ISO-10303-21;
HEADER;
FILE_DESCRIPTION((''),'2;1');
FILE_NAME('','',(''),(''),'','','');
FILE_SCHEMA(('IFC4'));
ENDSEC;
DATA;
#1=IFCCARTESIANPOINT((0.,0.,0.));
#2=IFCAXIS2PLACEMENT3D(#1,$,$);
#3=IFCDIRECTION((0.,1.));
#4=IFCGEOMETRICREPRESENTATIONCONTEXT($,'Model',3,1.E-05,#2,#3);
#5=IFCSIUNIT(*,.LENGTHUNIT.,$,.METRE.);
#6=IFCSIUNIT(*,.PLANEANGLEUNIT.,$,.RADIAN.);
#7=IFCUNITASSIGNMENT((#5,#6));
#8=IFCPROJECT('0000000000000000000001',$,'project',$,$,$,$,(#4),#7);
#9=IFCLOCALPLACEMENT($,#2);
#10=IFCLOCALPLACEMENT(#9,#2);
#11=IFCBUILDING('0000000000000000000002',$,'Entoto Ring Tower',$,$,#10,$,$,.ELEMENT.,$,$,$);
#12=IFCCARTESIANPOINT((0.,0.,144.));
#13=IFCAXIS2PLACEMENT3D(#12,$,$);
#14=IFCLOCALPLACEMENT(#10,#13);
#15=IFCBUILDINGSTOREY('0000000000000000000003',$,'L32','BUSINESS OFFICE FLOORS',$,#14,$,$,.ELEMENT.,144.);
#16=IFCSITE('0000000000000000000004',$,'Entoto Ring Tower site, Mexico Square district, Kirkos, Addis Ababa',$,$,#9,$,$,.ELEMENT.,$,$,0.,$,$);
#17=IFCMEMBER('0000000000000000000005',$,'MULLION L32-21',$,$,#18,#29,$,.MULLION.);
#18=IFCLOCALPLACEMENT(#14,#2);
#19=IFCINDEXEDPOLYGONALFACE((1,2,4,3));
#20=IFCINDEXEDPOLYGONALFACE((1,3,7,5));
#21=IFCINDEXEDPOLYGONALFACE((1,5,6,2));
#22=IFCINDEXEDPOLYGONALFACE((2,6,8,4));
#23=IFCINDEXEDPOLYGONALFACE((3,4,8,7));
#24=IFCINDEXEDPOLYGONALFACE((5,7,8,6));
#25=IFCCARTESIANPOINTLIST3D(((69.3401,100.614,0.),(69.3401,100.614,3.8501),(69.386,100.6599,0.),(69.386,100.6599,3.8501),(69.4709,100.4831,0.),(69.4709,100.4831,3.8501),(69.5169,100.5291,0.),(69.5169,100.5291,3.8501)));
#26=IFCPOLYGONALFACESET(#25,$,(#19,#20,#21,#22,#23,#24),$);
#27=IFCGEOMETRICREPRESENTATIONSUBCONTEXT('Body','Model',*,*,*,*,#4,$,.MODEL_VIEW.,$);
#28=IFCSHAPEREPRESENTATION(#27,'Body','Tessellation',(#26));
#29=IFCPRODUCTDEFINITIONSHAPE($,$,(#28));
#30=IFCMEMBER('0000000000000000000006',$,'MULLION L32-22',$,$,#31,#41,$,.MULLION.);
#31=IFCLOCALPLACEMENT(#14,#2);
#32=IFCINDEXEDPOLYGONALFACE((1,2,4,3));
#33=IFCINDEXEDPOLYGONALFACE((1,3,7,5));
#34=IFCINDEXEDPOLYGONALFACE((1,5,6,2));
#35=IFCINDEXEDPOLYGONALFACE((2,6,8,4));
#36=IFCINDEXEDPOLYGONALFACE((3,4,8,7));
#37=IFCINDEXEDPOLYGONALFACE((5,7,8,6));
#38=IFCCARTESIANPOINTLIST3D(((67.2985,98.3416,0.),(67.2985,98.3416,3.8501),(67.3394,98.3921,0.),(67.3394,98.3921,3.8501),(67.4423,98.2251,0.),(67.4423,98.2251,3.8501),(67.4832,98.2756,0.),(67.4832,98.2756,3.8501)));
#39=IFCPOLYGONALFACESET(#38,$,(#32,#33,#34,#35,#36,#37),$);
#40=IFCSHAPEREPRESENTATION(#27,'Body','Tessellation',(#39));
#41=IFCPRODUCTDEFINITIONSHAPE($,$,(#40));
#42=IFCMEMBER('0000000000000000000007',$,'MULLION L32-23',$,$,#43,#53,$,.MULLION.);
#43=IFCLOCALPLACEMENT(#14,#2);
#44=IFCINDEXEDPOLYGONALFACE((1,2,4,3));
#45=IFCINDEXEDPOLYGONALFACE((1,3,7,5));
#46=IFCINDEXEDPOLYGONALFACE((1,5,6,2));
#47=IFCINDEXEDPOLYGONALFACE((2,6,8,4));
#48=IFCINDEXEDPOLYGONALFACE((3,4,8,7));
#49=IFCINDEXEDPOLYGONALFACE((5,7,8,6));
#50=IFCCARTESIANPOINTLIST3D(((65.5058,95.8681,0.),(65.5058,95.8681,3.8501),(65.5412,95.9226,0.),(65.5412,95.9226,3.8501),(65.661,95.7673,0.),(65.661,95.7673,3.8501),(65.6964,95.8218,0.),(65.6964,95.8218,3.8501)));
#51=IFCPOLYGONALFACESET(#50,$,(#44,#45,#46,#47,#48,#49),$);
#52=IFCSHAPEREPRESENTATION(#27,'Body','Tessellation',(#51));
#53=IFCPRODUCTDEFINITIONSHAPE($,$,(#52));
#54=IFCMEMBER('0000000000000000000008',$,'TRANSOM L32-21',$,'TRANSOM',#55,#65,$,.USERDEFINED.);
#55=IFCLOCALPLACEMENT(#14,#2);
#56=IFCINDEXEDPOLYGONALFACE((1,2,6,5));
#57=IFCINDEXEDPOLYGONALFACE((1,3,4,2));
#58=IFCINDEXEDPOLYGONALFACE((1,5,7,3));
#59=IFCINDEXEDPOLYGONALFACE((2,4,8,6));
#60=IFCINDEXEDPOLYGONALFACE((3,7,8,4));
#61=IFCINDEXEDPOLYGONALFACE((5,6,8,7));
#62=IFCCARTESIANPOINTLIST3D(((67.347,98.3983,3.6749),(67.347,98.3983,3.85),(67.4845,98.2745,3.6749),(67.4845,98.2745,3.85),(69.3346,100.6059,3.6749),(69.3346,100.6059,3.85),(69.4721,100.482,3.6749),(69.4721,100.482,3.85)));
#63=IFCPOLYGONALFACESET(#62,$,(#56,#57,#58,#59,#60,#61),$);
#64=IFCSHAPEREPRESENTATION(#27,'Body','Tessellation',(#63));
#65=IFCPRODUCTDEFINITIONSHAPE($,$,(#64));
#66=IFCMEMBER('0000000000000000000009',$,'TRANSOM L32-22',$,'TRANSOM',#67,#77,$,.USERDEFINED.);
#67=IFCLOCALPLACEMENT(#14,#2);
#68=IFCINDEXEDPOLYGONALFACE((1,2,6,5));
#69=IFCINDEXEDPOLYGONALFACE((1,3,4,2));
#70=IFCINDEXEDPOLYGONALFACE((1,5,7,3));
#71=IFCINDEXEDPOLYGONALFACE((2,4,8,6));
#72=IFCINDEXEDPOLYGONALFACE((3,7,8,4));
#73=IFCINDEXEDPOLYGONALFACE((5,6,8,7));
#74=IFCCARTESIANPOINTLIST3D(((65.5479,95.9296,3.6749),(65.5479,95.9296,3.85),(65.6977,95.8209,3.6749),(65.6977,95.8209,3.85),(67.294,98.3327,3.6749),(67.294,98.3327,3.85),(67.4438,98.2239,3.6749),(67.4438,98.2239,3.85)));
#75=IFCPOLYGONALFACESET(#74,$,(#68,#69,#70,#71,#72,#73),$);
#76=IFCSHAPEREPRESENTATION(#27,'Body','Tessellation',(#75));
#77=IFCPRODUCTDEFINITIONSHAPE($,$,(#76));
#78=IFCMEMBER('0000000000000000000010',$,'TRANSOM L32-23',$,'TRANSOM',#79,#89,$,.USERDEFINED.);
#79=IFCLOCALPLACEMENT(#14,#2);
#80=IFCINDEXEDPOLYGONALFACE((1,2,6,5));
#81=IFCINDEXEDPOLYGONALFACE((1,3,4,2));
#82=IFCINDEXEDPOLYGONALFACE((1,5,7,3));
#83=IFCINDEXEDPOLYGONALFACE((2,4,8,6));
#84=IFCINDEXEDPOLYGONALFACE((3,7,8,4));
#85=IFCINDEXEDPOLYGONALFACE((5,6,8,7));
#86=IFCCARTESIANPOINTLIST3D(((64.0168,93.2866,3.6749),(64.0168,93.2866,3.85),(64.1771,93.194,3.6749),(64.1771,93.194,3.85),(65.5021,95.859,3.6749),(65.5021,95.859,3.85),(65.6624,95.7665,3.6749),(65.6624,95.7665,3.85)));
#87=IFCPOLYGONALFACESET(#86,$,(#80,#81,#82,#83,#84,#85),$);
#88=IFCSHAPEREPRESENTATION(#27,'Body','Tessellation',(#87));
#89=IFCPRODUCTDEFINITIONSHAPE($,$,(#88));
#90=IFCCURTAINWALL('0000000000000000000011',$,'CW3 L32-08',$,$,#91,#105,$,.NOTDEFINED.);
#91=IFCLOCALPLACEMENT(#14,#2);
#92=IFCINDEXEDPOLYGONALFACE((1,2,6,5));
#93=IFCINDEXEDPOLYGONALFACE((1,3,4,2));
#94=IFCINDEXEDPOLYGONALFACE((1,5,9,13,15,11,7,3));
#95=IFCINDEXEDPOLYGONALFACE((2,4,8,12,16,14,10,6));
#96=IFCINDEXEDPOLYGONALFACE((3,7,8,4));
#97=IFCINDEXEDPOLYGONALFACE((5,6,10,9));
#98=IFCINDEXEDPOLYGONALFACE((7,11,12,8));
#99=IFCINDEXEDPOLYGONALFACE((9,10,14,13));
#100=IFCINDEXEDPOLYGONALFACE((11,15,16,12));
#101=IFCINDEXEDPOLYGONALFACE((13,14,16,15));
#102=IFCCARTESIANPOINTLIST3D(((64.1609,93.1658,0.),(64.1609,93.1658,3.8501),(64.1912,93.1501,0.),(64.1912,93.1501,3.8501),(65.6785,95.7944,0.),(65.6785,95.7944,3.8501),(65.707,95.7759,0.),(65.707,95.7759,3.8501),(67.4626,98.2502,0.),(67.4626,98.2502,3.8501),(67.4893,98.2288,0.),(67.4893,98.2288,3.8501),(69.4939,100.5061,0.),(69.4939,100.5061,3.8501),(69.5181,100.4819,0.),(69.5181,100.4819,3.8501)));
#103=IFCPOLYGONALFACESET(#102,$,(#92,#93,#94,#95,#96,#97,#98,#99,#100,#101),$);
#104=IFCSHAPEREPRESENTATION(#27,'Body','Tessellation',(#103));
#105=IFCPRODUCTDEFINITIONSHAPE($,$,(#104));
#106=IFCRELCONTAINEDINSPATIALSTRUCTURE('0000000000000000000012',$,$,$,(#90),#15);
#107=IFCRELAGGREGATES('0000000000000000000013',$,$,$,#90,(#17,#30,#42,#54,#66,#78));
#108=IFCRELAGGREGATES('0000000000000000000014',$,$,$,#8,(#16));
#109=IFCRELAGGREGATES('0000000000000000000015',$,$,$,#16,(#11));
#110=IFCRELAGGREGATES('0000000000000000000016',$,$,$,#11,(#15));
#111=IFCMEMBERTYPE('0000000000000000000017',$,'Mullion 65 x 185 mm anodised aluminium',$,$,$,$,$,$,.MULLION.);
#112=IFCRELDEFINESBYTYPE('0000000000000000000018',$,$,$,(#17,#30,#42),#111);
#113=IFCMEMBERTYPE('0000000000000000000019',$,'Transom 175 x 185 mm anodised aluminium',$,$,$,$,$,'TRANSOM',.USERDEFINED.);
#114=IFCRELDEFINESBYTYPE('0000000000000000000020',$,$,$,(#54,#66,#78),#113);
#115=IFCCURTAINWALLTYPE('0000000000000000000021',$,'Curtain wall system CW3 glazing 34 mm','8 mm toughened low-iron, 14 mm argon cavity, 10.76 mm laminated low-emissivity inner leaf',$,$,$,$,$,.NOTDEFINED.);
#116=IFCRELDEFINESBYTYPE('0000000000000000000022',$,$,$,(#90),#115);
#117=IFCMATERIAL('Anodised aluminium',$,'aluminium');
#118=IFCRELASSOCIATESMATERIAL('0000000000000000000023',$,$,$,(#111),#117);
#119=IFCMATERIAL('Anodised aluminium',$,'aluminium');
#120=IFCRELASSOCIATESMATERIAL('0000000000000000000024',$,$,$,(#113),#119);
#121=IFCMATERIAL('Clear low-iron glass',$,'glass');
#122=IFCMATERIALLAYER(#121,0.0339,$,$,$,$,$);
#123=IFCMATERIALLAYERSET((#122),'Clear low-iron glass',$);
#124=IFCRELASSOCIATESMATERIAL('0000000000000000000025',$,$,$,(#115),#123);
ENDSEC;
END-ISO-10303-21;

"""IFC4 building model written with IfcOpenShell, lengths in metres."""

from ifc_helpers import new_model, si_unit, direction, frame, origin, origin_2d, place, context, subcontext, project, spatial, polyline, rectangle, outline, extrude, material, layer, layer_set, material_profile, profile_set, type_object, element, aggregate, save


model = new_model("IFC4")

# Units and contexts
model_context = context("Model", 3, precision=1e-05, world=origin(), true_north=direction((0.0, 1.0)))
body_context = subcontext(model_context, "Body", "Model", "MODEL_VIEW")
ifc_project = project(units=[si_unit("LENGTHUNIT", "METRE"), si_unit("PLANEANGLEUNIT", "RADIAN")], contexts=[model_context])

# Members
ifc_material_1 = material(Name="Anodised aluminium", Category="aluminium")
ifc_material_profile_1 = material_profile(ifc_material_1, rectangle(XDim=0.0649, YDim=0.1851, at=origin_2d()), Name="Mullion 65 x 185 mm anodised aluminium")
ifc_profile_set_1 = profile_set([ifc_material_profile_1], Name="Anodised aluminium")
member_type_1 = type_object("IfcMemberType", Name="Mullion 65 x 185 mm anodised aluminium", PredefinedType="MULLION", material=ifc_profile_set_1)
site_placement = place(None, origin())
building_placement = place(site_placement, origin())
storey_placement = place(building_placement, frame((0.0, 0.0, 144.0)))
member_1_placement = place(storey_placement, frame((69.4285, 100.5715, 0.0), z_axis=(0.0, 0.0, 1.0), x_axis=(-0.707107, -0.707107, 0.0)))
member_1 = element("IfcMember", 1, at=member_1_placement, type_object=member_type_1, Name="MULLION L32-21", PredefinedType="MULLION", context=body_context, shape_type="SweptSolid", body=[
    extrude(rectangle(XDim=0.0649, YDim=0.1851, at=origin_2d()), origin(), (0.0, 0.0, 1.0), 3.8501),
])
member_2_placement = place(storey_placement, frame((67.3909, 98.3086, 0.0), z_axis=(0.0, 0.0, 1.0), x_axis=(-0.62932, -0.777146, 0.0)))
member_2 = element("IfcMember", 2, at=member_2_placement, type_object=member_type_1, Name="MULLION L32-22", PredefinedType="MULLION", context=body_context, shape_type="SweptSolid", body=[
    extrude(rectangle(XDim=0.0649, YDim=0.1851, at=origin_2d()), origin(), (0.0, 0.0, 1.0), 3.8501),
])
member_3_placement = place(storey_placement, frame((65.6011, 95.845, 0.0), z_axis=(0.0, 0.0, 1.0), x_axis=(-0.544639, -0.838671, 0.0)))
member_3 = element("IfcMember", 3, at=member_3_placement, type_object=member_type_1, Name="MULLION L32-23", PredefinedType="MULLION", context=body_context, shape_type="SweptSolid", body=[
    extrude(rectangle(XDim=0.0649, YDim=0.1851, at=origin_2d()), origin(), (0.0, 0.0, 1.0), 3.8501),
])
ifc_material_2 = material(Name="Anodised aluminium", Category="aluminium")
ifc_material_profile_2 = material_profile(ifc_material_2, rectangle(XDim=0.1851, YDim=0.175, at=origin_2d()), Name="Transom 175 x 185 mm anodised aluminium")
ifc_profile_set_2 = profile_set([ifc_material_profile_2], Name="Anodised aluminium")
member_type_2 = type_object("IfcMemberType", Name="Transom 175 x 185 mm anodised aluminium", ElementType="TRANSOM", PredefinedType="USERDEFINED", material=ifc_profile_set_2)
member_4_placement = place(storey_placement, frame((69.4033, 100.5439, 3.7625), z_axis=(-0.66911, -0.743163, 0.0), x_axis=(0.743163, -0.66911, 0.0)))
member_4 = element("IfcMember", 4, at=member_4_placement, type_object=member_type_2, Name="TRANSOM L32-21", ObjectType="TRANSOM", PredefinedType="USERDEFINED", context=body_context, shape_type="SweptSolid", body=[
    extrude(rectangle(XDim=0.1851, YDim=0.175, at=origin_2d()), origin(), (0.0, 0.0, 1.0), 2.9705),
])
member_5_placement = place(storey_placement, frame((67.3689, 98.2783, 3.7625), z_axis=(-0.58782, -0.808992, 0.0), x_axis=(0.808992, -0.58782, 0.0)))
member_5 = element("IfcMember", 5, at=member_5_placement, type_object=member_type_2, Name="TRANSOM L32-22", ObjectType="TRANSOM", PredefinedType="USERDEFINED", context=body_context, shape_type="SweptSolid", body=[
    extrude(rectangle(XDim=0.1851, YDim=0.175, at=origin_2d()), origin(), (0.0, 0.0, 1.0), 2.9705),
])
member_6_placement = place(storey_placement, frame((65.5823, 95.8127, 3.7625), z_axis=(-0.500028, -0.866009, 0.0), x_axis=(0.866009, -0.500028, 0.0)))
member_6 = element("IfcMember", 6, at=member_6_placement, type_object=member_type_2, Name="TRANSOM L32-23", ObjectType="TRANSOM", PredefinedType="USERDEFINED", context=body_context, shape_type="SweptSolid", body=[
    extrude(rectangle(XDim=0.1851, YDim=0.175, at=origin_2d()), origin(), (0.0, 0.0, 1.0), 2.9705),
])

# Site, building, storey
site = spatial("IfcSite", under=ifc_project, at=site_placement, Name="Entoto Ring Tower site, Mexico Square district, Kirkos, Addis Ababa", CompositionType="ELEMENT", RefElevation=0.0)
building = spatial("IfcBuilding", under=site, at=building_placement, Name="Entoto Ring Tower", CompositionType="ELEMENT")
storey = spatial("IfcBuildingStorey", under=building, at=storey_placement, Name="L32", Description="BUSINESS OFFICE FLOORS", CompositionType="ELEMENT", Elevation=144.0)

# Curtain wall
ifc_material_3 = material(Name="Clear low-iron glass", Category="glass")
ifc_layer = layer(ifc_material_3, 0.0339)
ifc_layer_set = layer_set([ifc_layer], Name="Clear low-iron glass")
curtain_wall_type = type_object("IfcCurtainWallType", Name="Curtain wall system CW3 glazing 34 mm", Description="8 mm toughened low-iron, 14 mm argon cavity, 10.76 mm laminated low-emissivity inner leaf", PredefinedType="NOTDEFINED", material=ifc_layer_set)
curtain_wall_1_placement = place(storey_placement, origin())
curtain_wall_1 = element("IfcCurtainWall", 7, at=curtain_wall_1_placement, inside=storey, type_object=curtain_wall_type, Name="CW3 L32-08", PredefinedType="NOTDEFINED", context=body_context, shape_type="SweptSolid", body=[
    extrude(outline(polyline([(69.4939, 100.5061), (67.4626, 98.2502), (65.6785, 95.7944), (64.1609, 93.1658), (64.1912, 93.1501), (65.707, 95.7759), (67.4893, 98.2288), (69.5181, 100.4819), (69.4939, 100.5061)])), origin(), (0.0, 0.0, 1.0), 3.8501),
])
aggregate(curtain_wall_1, [member_1, member_2, member_3, member_4, member_5, member_6])

save(model, "model.ifc")
